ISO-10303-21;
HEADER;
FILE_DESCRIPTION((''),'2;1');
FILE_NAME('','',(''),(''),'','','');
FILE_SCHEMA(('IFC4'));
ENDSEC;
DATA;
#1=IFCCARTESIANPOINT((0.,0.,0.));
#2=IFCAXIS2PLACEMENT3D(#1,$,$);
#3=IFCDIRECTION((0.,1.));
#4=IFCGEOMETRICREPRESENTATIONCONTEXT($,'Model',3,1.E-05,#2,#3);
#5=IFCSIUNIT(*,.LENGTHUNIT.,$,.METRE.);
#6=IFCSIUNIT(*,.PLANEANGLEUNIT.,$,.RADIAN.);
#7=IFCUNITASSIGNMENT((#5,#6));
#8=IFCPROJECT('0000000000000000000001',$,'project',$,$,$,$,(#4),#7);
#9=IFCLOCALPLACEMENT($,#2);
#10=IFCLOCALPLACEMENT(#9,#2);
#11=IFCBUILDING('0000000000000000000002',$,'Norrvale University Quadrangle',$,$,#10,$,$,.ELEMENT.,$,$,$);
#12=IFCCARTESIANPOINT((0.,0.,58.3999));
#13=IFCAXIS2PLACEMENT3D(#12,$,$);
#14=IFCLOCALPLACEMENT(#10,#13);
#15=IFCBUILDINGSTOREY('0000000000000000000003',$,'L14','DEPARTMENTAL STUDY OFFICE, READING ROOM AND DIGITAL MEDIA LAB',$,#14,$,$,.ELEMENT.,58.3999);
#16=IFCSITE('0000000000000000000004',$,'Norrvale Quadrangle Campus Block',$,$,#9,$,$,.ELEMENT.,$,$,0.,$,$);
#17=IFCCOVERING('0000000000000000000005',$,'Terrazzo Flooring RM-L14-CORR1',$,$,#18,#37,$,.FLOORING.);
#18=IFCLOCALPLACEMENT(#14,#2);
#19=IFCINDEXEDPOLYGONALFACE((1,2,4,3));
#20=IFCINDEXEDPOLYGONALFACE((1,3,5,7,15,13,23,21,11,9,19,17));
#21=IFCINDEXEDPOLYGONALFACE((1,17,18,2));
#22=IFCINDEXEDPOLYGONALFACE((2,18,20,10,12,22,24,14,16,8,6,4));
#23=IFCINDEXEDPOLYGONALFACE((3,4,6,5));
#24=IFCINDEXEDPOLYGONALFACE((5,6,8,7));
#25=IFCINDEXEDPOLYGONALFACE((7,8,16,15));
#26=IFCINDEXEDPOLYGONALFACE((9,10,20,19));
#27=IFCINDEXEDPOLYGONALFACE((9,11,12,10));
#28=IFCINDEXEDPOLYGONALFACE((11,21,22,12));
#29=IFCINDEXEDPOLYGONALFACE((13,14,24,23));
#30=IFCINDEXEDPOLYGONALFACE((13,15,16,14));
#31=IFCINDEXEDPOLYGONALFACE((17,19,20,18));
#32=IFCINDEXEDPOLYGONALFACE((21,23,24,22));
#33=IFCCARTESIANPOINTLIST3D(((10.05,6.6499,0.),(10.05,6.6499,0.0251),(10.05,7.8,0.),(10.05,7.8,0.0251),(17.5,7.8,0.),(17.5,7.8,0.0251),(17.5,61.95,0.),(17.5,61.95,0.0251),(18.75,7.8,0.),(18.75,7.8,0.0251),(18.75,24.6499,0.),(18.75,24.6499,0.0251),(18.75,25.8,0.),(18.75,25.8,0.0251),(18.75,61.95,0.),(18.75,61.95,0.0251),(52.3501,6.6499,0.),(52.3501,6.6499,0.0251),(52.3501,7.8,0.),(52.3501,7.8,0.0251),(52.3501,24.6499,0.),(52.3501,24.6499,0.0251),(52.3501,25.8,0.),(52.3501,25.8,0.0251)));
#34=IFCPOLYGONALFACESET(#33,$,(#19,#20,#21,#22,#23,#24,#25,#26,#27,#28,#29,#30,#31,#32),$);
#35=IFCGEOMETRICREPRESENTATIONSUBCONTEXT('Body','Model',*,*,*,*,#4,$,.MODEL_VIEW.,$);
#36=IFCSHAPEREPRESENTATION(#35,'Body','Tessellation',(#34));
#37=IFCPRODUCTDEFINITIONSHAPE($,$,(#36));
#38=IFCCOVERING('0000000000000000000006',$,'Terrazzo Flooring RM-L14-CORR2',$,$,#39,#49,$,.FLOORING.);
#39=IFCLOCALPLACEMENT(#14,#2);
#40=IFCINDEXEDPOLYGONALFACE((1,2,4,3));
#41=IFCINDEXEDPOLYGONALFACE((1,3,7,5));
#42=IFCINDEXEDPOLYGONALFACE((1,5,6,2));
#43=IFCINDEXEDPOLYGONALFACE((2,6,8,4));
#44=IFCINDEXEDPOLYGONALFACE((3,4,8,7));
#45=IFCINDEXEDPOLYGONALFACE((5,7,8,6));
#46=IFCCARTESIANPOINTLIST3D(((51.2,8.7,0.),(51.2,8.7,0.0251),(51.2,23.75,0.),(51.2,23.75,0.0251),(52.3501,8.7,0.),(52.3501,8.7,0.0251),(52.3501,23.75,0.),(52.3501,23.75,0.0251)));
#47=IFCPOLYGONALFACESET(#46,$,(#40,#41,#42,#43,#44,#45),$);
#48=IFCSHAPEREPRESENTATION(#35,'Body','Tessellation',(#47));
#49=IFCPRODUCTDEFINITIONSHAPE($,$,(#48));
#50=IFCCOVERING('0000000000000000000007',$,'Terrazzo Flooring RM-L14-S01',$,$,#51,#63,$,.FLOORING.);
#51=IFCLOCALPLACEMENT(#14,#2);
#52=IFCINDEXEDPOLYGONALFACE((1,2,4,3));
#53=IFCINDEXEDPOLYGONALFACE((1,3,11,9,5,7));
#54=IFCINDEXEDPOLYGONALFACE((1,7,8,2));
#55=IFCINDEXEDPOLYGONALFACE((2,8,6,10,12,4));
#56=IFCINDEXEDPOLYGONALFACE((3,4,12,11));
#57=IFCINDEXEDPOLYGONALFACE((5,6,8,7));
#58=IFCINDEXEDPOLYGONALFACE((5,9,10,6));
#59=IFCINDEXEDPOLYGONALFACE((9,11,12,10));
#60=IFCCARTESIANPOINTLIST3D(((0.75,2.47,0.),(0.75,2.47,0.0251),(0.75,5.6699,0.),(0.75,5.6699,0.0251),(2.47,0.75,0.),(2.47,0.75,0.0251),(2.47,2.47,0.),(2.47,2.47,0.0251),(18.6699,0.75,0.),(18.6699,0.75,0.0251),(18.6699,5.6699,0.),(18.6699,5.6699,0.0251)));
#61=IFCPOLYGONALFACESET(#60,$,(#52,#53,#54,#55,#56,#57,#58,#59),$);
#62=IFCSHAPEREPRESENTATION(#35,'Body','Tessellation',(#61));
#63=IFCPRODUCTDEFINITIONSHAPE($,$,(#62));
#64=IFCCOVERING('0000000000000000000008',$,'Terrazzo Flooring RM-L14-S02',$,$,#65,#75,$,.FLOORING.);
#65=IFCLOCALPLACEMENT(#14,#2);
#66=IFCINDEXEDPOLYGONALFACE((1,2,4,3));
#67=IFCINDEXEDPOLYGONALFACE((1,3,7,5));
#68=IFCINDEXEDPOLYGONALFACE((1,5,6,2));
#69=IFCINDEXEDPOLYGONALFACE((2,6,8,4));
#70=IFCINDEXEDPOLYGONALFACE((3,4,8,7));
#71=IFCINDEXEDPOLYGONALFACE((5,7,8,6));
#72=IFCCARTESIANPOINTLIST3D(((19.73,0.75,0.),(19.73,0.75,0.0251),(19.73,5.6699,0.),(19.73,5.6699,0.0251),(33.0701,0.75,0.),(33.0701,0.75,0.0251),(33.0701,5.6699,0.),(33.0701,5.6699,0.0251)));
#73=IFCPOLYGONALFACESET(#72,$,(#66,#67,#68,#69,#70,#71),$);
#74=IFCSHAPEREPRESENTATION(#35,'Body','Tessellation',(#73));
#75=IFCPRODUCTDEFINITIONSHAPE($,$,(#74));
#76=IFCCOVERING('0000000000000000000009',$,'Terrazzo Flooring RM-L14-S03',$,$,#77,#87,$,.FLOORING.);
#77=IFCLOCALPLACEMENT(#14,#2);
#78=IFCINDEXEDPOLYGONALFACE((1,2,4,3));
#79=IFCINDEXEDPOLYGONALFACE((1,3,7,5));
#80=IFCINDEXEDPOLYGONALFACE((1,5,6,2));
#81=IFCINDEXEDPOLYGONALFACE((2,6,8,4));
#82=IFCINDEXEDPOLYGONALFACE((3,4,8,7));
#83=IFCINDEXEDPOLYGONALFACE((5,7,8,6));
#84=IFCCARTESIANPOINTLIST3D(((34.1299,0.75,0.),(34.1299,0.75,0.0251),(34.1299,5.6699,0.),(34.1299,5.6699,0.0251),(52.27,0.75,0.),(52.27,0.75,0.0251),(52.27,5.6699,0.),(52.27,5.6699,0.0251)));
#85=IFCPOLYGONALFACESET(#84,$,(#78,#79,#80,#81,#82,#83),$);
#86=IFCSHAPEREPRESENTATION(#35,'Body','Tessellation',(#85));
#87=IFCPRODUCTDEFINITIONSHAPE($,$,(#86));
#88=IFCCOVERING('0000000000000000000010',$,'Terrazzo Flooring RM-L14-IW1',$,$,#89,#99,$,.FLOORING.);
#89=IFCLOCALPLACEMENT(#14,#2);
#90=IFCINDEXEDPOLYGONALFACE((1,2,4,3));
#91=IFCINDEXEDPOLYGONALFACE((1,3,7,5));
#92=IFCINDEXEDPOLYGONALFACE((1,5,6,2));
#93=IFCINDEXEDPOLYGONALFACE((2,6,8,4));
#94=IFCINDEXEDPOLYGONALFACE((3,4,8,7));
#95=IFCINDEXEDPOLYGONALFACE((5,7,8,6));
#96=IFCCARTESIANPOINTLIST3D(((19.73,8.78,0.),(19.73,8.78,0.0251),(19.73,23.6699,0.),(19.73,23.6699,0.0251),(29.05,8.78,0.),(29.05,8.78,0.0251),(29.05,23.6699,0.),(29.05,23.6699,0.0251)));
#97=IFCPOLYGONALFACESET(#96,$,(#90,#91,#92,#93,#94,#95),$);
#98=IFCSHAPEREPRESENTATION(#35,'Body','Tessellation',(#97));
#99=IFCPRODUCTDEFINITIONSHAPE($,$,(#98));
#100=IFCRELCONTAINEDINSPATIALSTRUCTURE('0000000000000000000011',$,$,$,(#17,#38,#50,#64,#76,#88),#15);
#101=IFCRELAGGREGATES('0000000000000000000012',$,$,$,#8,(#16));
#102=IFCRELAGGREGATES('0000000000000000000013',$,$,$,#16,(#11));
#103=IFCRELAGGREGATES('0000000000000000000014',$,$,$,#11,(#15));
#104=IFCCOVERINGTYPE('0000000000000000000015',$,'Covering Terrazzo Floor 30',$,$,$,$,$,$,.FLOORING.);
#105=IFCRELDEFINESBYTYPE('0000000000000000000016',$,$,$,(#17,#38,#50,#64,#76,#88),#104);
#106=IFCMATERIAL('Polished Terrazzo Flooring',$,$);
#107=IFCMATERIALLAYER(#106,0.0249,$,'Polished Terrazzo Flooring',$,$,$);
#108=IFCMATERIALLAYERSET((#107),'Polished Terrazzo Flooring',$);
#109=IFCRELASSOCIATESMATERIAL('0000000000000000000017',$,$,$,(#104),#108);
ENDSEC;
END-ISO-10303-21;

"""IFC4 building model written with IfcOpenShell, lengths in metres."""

from ifc_helpers import new_model, si_unit, direction, frame, origin, place, context, subcontext, project, spatial, polyline, outline, extrude, material, layer, layer_set, type_object, element, save


model = new_model("IFC4")

# Units and contexts
model_context = context("Model", 3, precision=1e-05, world=origin(), true_north=direction((0.0, 1.0)))
body_context = subcontext(model_context, "Body", "Model", "MODEL_VIEW")
ifc_project = project(units=[si_unit("LENGTHUNIT", "METRE"), si_unit("PLANEANGLEUNIT", "RADIAN")], contexts=[model_context])

# Site, building, storey
site_placement = place(None, origin())
site = spatial("IfcSite", under=ifc_project, at=site_placement, Name="Norrvale Quadrangle Campus Block", CompositionType="ELEMENT", RefElevation=0.0)
building_placement = place(site_placement, origin())
building = spatial("IfcBuilding", under=site, at=building_placement, Name="Norrvale University Quadrangle", CompositionType="ELEMENT")
storey_placement = place(building_placement, frame((0.0, 0.0, 58.3999)))
storey = spatial("IfcBuildingStorey", under=building, at=storey_placement, Name="L14", Description="DEPARTMENTAL STUDY OFFICE, READING ROOM AND DIGITAL MEDIA LAB", CompositionType="ELEMENT", Elevation=58.3999)

# Coverings
ifc_material_1 = material(Name="Polished Terrazzo Flooring")
ifc_layer_1 = layer(ifc_material_1, 0.0249, Name="Polished Terrazzo Flooring")
ifc_layer_set_1 = layer_set([ifc_layer_1], Name="Polished Terrazzo Flooring")
covering_type_1 = type_object("IfcCoveringType", Name="Covering Terrazzo Floor 30", PredefinedType="FLOORING", material=ifc_layer_set_1)
covering_1_placement = place(storey_placement, origin())
element("IfcCovering", 1, at=covering_1_placement, inside=storey, type_object=covering_type_1, Name="Terrazzo Flooring RM-L14-CORR1", PredefinedType="FLOORING", context=body_context, shape_type="SweptSolid", body=[
    extrude(outline(polyline([(10.05, 6.6499), (10.05, 7.8), (17.5, 7.8), (17.5, 61.95), (18.75, 61.95), (18.75, 25.8), (52.3501, 25.8), (52.3501, 24.6499), (18.75, 24.6499), (18.75, 7.8), (52.3501, 7.8), (52.3501, 6.6499), (10.05, 6.6499)])), origin(), (0.0, 0.0, 1.0), 0.0251),
])
covering_2_placement = place(storey_placement, origin())
element("IfcCovering", 2, at=covering_2_placement, inside=storey, type_object=covering_type_1, Name="Terrazzo Flooring RM-L14-CORR2", PredefinedType="FLOORING", context=body_context, shape_type="SweptSolid", body=[
    extrude(outline(polyline([(51.2, 8.7), (51.2, 23.75), (52.3501, 23.75), (52.3501, 8.7), (51.2, 8.7)])), origin(), (0.0, 0.0, 1.0), 0.0251),
])
covering_3_placement = place(storey_placement, origin())
element("IfcCovering", 3, at=covering_3_placement, inside=storey, type_object=covering_type_1, Name="Terrazzo Flooring RM-L14-S01", PredefinedType="FLOORING", context=body_context, shape_type="SweptSolid", body=[
    extrude(outline(polyline([(18.6699, 5.6699), (18.6699, 0.75), (2.47, 0.75), (2.47, 2.47), (0.75, 2.47), (0.75, 5.6699), (18.6699, 5.6699)])), origin(), (0.0, 0.0, 1.0), 0.0251),
])
covering_4_placement = place(storey_placement, origin())
element("IfcCovering", 4, at=covering_4_placement, inside=storey, type_object=covering_type_1, Name="Terrazzo Flooring RM-L14-S02", PredefinedType="FLOORING", context=body_context, shape_type="SweptSolid", body=[
    extrude(outline(polyline([(33.0701, 5.6699), (33.0701, 0.75), (19.73, 0.75), (19.73, 5.6699), (33.0701, 5.6699)])), origin(), (0.0, 0.0, 1.0), 0.0251),
])
covering_5_placement = place(storey_placement, origin())
element("IfcCovering", 5, at=covering_5_placement, inside=storey, type_object=covering_type_1, Name="Terrazzo Flooring RM-L14-S03", PredefinedType="FLOORING", context=body_context, shape_type="SweptSolid", body=[
    extrude(outline(polyline([(52.27, 5.6699), (52.27, 0.75), (34.1299, 0.75), (34.1299, 5.6699), (52.27, 5.6699)])), origin(), (0.0, 0.0, 1.0), 0.0251),
])
covering_6_placement = place(storey_placement, origin())
element("IfcCovering", 6, at=covering_6_placement, inside=storey, type_object=covering_type_1, Name="Terrazzo Flooring RM-L14-IW1", PredefinedType="FLOORING", context=body_context, shape_type="SweptSolid", body=[
    extrude(outline(polyline([(19.73, 8.78), (19.73, 23.6699), (29.05, 23.6699), (29.05, 8.78), (19.73, 8.78)])), origin(), (0.0, 0.0, 1.0), 0.0251),
])

save(model, "model.ifc")
